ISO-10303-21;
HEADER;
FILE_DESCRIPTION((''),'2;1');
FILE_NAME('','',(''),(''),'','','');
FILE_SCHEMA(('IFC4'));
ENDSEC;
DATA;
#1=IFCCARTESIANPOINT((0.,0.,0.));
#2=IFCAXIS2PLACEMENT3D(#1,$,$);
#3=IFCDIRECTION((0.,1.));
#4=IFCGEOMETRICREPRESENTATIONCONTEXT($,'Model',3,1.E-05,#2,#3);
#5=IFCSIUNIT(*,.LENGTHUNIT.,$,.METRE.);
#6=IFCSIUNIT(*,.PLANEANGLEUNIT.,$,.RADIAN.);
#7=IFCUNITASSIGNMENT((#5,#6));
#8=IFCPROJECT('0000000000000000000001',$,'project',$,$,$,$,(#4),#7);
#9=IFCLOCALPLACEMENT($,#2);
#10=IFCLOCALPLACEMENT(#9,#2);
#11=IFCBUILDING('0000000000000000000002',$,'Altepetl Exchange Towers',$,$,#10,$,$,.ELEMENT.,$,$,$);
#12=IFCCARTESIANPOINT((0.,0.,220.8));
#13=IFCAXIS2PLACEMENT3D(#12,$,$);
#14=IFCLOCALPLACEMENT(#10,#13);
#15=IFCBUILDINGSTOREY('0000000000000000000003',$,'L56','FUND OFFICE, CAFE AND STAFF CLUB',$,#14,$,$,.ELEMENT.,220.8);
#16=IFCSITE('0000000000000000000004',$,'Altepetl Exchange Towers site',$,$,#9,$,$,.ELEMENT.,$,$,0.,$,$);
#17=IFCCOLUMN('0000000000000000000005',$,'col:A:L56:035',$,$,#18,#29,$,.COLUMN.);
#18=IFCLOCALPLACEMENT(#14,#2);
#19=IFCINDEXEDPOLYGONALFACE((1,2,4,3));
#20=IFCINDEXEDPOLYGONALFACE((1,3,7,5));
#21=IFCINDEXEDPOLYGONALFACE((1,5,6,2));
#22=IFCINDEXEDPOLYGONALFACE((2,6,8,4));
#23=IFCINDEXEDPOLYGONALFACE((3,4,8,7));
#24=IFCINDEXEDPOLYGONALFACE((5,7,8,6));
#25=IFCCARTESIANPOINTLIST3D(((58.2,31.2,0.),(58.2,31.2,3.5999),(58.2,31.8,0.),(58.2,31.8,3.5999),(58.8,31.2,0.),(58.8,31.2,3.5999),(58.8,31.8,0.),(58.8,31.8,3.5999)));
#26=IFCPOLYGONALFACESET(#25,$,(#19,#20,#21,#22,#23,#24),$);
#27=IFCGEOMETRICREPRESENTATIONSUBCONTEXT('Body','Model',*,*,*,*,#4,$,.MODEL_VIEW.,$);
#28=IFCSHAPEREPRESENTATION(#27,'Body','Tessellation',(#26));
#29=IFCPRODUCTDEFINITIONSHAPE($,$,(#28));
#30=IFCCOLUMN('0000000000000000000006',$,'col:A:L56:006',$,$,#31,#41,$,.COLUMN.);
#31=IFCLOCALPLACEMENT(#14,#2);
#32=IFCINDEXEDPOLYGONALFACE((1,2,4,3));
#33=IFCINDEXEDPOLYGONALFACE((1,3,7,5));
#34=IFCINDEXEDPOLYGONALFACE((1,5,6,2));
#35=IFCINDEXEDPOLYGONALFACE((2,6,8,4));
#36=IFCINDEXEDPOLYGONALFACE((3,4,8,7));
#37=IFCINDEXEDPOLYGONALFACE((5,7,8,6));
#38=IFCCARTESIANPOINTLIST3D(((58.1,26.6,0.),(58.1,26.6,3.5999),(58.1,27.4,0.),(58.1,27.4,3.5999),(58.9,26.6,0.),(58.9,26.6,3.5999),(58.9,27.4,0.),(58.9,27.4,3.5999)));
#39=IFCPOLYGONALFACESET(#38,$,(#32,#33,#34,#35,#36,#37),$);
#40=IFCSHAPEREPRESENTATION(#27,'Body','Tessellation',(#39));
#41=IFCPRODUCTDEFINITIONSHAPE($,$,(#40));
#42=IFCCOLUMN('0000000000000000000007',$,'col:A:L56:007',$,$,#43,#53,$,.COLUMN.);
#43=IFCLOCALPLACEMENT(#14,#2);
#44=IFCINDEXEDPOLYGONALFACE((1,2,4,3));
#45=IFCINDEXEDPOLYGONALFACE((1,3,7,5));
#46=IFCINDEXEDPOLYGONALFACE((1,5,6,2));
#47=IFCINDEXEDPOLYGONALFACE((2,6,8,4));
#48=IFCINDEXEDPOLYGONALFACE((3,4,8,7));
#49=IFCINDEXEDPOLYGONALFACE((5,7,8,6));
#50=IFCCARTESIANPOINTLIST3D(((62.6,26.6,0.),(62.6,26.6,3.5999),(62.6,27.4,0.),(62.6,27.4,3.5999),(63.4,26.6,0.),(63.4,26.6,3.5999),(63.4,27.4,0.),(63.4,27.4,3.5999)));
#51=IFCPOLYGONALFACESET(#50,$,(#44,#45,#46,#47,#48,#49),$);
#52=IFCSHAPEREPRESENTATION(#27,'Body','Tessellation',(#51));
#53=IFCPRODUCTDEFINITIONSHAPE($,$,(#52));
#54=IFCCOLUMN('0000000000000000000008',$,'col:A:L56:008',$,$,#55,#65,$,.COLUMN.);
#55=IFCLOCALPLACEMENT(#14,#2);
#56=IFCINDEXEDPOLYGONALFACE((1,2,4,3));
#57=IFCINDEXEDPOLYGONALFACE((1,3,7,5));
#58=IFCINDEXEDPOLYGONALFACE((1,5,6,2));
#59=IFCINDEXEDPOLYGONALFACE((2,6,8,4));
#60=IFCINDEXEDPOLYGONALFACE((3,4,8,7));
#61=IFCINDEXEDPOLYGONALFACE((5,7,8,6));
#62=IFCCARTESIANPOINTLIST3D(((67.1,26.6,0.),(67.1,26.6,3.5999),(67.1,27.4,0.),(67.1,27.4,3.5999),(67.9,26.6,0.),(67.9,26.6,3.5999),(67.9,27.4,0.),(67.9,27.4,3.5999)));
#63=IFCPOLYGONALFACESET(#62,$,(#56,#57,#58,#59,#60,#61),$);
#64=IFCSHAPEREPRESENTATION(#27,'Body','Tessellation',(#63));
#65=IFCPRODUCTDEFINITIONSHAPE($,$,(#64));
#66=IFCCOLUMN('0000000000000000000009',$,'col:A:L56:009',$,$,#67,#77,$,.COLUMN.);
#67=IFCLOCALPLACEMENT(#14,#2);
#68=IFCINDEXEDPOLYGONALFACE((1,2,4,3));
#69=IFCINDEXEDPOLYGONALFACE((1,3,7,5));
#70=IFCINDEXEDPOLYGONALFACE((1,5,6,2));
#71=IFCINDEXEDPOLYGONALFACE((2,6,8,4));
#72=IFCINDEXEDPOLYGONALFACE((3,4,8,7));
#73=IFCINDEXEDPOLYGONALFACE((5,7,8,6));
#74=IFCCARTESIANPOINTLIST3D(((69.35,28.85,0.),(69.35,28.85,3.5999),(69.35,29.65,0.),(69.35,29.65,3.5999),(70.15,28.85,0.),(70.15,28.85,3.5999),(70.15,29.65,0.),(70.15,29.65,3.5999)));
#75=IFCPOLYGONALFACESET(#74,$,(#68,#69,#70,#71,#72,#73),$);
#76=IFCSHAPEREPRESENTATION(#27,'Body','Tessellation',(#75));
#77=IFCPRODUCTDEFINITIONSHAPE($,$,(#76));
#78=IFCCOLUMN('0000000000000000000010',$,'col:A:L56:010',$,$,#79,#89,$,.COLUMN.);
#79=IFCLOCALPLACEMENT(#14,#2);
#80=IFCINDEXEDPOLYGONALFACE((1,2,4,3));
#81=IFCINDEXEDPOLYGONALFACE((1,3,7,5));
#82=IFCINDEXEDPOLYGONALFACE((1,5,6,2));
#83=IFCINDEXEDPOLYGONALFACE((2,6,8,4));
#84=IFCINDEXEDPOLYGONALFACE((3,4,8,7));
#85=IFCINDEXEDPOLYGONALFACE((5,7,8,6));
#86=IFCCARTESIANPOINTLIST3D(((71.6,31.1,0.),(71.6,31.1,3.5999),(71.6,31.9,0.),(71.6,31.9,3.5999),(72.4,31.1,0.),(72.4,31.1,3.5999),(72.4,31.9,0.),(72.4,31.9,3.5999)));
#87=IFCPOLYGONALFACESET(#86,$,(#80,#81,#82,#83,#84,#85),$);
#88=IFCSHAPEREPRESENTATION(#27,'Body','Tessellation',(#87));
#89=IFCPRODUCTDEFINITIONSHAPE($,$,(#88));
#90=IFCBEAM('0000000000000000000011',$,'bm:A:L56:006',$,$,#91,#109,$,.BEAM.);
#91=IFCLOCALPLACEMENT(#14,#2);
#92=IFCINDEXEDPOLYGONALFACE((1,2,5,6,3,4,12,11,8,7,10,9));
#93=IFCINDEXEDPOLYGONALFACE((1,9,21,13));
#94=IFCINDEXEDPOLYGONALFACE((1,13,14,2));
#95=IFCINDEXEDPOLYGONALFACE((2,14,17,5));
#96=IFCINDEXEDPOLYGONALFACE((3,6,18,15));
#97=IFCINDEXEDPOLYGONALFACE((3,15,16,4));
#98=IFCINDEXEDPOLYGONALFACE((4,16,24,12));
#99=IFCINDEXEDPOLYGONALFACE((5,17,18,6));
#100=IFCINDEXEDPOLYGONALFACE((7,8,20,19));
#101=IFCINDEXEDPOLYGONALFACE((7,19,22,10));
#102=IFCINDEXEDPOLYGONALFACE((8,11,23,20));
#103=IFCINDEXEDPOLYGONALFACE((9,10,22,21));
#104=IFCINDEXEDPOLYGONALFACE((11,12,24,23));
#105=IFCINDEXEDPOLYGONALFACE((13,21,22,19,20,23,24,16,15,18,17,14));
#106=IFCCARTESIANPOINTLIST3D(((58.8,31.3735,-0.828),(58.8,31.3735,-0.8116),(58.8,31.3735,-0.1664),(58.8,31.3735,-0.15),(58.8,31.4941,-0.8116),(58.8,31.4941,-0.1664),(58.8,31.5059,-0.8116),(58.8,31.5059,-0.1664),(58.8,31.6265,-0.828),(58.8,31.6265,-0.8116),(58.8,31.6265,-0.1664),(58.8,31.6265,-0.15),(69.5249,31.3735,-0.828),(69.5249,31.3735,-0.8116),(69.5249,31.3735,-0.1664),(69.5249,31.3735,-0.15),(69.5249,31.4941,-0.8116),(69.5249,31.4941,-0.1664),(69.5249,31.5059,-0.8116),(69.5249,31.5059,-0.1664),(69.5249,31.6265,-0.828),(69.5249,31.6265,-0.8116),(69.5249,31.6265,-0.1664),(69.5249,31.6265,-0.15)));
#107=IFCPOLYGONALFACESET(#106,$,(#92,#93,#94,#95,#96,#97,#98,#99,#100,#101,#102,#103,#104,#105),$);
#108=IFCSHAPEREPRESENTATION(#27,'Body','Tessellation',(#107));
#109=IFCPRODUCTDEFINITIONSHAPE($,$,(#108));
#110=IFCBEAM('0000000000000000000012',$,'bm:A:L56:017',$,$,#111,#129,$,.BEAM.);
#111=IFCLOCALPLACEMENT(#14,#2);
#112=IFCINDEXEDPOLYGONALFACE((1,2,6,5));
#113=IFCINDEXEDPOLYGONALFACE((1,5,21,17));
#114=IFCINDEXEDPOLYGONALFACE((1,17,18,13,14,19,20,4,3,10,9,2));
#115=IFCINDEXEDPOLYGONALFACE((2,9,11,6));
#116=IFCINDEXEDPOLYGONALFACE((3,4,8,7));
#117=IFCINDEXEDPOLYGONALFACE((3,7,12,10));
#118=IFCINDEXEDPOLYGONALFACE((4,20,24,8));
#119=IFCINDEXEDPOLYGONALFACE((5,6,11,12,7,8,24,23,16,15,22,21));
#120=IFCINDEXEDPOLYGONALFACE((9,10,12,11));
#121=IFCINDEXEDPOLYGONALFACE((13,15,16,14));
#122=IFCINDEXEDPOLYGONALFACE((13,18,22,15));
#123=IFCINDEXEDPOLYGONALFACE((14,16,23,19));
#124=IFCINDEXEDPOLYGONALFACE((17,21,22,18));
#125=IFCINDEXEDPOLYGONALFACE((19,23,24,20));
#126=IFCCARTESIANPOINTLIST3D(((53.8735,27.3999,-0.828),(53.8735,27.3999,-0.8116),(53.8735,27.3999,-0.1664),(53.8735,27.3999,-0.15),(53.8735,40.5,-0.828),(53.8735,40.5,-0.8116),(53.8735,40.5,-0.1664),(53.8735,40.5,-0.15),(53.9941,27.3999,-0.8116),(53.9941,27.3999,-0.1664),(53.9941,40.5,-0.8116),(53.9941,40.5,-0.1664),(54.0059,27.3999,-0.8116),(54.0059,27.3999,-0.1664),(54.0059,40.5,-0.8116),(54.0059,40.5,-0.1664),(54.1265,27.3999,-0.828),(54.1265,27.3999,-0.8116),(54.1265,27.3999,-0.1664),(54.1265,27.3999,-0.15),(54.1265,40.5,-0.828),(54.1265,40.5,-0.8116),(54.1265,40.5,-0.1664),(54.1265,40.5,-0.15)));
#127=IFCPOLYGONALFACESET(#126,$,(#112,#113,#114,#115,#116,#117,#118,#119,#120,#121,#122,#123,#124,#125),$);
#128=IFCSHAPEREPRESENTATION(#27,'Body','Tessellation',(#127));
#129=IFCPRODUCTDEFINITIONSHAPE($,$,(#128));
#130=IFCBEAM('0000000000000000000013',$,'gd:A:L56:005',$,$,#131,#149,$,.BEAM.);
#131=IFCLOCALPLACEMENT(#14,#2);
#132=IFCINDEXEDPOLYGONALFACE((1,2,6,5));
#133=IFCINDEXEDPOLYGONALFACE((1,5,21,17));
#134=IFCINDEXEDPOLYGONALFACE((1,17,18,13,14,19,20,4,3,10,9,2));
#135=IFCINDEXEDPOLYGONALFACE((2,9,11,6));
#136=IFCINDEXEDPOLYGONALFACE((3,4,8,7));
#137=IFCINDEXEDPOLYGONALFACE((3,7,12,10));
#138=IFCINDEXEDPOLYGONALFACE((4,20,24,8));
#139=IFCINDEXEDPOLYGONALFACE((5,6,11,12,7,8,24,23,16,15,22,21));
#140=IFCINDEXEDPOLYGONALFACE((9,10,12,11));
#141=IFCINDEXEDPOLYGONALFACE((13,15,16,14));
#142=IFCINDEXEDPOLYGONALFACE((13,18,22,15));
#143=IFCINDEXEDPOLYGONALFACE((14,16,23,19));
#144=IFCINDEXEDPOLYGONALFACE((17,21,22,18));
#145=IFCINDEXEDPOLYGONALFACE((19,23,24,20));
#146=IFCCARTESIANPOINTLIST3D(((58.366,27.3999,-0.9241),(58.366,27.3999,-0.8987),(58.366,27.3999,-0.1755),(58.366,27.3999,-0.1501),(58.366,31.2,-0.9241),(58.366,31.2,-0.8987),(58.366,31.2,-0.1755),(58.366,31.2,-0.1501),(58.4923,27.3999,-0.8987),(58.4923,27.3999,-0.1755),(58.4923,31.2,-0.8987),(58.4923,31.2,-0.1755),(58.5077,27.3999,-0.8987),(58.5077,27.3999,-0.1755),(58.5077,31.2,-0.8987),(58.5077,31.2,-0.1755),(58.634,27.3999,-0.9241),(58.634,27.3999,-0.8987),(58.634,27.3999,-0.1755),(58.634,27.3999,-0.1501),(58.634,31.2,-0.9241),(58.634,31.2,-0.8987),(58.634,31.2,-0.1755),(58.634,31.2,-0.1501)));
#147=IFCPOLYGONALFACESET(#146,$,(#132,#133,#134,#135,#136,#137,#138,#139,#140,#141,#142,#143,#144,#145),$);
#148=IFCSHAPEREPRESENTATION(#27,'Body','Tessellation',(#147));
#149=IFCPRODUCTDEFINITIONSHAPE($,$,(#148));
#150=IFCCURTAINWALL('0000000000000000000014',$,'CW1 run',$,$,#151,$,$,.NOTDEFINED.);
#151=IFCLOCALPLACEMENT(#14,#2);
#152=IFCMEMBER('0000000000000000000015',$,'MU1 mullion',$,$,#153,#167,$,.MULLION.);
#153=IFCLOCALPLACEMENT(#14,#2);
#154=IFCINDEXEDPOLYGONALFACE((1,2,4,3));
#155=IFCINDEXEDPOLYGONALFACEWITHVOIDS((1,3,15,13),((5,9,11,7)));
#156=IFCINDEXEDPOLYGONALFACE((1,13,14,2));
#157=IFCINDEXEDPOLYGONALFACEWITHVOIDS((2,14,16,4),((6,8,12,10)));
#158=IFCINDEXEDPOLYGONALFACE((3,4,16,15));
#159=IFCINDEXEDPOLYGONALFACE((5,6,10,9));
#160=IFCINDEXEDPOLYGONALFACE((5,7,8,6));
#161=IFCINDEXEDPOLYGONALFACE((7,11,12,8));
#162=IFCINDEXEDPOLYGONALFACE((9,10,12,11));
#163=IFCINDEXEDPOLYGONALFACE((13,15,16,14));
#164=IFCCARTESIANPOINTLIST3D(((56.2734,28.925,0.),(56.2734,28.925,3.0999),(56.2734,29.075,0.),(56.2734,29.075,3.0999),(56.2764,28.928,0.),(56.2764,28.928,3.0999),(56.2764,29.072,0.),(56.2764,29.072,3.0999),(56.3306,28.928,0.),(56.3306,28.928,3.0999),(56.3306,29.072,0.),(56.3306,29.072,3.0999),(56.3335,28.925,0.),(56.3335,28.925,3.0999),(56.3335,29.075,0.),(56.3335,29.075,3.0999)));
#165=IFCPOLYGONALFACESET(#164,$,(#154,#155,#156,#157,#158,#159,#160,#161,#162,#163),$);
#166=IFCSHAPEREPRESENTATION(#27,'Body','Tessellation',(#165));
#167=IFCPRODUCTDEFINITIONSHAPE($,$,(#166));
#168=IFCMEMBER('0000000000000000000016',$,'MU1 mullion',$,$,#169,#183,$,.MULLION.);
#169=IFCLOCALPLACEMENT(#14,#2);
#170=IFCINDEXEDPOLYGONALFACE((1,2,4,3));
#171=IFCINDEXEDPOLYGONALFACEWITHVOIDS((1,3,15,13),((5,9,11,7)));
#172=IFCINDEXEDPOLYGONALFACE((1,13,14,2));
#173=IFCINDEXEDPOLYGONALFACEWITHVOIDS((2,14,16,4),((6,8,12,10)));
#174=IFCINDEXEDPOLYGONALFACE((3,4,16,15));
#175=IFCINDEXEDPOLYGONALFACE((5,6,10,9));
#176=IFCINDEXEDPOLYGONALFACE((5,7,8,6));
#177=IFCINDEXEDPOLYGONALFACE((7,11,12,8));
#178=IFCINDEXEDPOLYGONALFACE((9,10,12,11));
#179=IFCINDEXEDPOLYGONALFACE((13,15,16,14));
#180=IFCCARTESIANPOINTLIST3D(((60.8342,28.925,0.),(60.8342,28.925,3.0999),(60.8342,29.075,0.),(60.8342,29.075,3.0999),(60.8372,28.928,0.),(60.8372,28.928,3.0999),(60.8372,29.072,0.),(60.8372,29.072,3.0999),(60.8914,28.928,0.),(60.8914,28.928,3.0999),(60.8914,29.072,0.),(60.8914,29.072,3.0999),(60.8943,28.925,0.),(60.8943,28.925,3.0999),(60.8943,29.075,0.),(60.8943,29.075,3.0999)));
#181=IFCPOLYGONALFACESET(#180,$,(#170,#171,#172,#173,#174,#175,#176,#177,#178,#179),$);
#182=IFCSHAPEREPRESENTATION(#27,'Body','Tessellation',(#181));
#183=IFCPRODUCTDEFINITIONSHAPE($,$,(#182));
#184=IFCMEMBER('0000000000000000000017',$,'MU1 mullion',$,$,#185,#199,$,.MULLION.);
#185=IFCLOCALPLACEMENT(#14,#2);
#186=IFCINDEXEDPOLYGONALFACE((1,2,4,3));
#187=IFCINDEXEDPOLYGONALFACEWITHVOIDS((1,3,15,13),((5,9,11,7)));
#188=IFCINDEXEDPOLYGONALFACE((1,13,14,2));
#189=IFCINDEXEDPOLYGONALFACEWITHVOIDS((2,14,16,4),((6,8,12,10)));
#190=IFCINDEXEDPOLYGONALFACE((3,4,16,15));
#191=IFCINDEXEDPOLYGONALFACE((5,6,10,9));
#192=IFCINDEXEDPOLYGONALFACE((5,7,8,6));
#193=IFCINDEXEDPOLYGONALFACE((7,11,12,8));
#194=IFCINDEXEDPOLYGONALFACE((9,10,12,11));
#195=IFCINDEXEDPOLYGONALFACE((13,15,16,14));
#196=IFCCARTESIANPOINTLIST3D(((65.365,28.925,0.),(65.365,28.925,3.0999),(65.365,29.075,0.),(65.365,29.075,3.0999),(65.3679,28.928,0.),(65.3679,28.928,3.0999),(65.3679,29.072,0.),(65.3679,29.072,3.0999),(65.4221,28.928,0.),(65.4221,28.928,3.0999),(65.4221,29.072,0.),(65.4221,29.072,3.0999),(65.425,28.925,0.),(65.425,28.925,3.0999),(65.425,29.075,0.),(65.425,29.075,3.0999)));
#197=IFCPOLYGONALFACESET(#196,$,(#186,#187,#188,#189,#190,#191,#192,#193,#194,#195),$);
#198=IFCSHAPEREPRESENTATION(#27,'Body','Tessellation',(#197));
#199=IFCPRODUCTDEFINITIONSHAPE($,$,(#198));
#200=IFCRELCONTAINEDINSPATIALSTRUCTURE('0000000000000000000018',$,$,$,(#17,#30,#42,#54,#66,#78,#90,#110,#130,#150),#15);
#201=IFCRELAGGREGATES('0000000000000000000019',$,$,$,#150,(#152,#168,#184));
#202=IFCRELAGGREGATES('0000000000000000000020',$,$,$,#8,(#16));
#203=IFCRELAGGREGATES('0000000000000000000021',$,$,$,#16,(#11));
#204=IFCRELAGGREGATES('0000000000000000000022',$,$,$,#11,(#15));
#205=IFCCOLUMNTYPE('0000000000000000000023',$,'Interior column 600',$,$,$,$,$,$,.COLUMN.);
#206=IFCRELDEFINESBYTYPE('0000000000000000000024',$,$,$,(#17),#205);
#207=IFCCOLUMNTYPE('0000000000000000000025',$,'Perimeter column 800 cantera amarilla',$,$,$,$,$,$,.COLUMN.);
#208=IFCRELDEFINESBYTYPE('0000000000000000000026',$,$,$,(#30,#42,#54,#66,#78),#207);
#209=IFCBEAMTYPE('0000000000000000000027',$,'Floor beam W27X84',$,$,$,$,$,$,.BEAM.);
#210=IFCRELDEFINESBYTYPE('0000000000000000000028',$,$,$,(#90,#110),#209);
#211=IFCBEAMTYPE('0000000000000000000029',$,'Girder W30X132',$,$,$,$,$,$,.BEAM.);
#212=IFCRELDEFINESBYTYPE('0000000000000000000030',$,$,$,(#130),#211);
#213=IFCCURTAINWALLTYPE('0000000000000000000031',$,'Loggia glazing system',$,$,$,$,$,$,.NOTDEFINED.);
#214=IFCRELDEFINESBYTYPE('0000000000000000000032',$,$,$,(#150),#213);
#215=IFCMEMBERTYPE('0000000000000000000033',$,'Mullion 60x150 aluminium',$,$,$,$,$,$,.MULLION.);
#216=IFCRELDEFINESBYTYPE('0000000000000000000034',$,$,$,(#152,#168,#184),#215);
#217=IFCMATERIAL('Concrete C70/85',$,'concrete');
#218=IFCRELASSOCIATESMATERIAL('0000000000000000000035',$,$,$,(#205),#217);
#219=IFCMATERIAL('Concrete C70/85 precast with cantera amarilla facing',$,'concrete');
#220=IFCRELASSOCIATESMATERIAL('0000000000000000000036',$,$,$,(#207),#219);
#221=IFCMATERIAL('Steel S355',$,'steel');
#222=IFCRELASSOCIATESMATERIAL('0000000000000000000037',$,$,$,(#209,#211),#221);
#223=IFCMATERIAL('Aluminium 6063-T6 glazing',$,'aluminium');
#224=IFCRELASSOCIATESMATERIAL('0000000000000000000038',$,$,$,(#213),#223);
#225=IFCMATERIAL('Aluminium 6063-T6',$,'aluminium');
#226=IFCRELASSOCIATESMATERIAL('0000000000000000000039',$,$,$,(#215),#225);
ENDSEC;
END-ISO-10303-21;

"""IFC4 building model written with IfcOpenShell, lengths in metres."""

from ifc_helpers import new_model, si_unit, direction, frame, origin, origin_2d, place, context, subcontext, project, spatial, rectangle, hollow_rectangle, i_section, extrude, material, material_profile, profile_set, type_object, element, aggregate, save


model = new_model("IFC4")

# Units and contexts
model_context = context("Model", 3, precision=1e-05, world=origin(), true_north=direction((0.0, 1.0)))
body_context = subcontext(model_context, "Body", "Model", "MODEL_VIEW")
ifc_project = project(units=[si_unit("LENGTHUNIT", "METRE"), si_unit("PLANEANGLEUNIT", "RADIAN")], contexts=[model_context])

# Site, building, storey
site_placement = place(None, origin())
site = spatial("IfcSite", under=ifc_project, at=site_placement, Name="Altepetl Exchange Towers site", CompositionType="ELEMENT", RefElevation=0.0)
building_placement = place(site_placement, origin())
building = spatial("IfcBuilding", under=site, at=building_placement, Name="Altepetl Exchange Towers", CompositionType="ELEMENT")
storey_placement = place(building_placement, frame((0.0, 0.0, 220.8)))
storey = spatial("IfcBuildingStorey", under=building, at=storey_placement, Name="L56", Description="FUND OFFICE, CAFE AND STAFF CLUB", CompositionType="ELEMENT", Elevation=220.8)

# Columns
ifc_material_1 = material(Name="Concrete C70/85", Category="concrete")
ifc_material_profile_1 = material_profile(ifc_material_1, rectangle(XDim=0.6001, YDim=0.6001, at=origin_2d()), Name="600 x 600")
ifc_profile_set_1 = profile_set([ifc_material_profile_1], Name="Concrete C70/85")
column_type_1 = type_object("IfcColumnType", Name="Interior column 600", PredefinedType="COLUMN", material=ifc_profile_set_1)
column_placement = place(storey_placement, frame((58.5, 31.5, 0.0)))
element("IfcColumn", 1, at=column_placement, inside=storey, type_object=column_type_1, Name="col:A:L56:035", PredefinedType="COLUMN", context=body_context, shape_type="SweptSolid", body=[
    extrude(rectangle(XDim=0.6001, YDim=0.6001, at=origin_2d()), origin(), (0.0, 0.0, 1.0), 3.5999),
])
ifc_material_2 = material(Name="Concrete C70/85 precast with cantera amarilla facing", Category="concrete")
ifc_material_profile_2 = material_profile(ifc_material_2, rectangle(XDim=0.8, YDim=0.8, at=origin_2d()), Name="800 x 800")
ifc_profile_set_2 = profile_set([ifc_material_profile_2], Name="Concrete C70/85 precast with cantera amarilla facing")
column_type_2 = type_object("IfcColumnType", Name="Perimeter column 800 cantera amarilla", PredefinedType="COLUMN", material=ifc_profile_set_2)
for number, where, name in (
    (2, (58.5, 27.0, 0.0), "col:A:L56:006"),
    (3, (63.0, 27.0, 0.0), "col:A:L56:007"),
    (4, (67.5, 27.0, 0.0), "col:A:L56:008"),
    (5, (69.75, 29.25, 0.0), "col:A:L56:009"),
    (6, (72.0, 31.5, 0.0), "col:A:L56:010"),
):
    element("IfcColumn", number, at=place(storey_placement, frame(where)), inside=storey, type_object=column_type_2, Name=name, PredefinedType="COLUMN", context=body_context, shape_type="SweptSolid", body=[
        extrude(rectangle(XDim=0.8, YDim=0.8, at=origin_2d()), origin(), (0.0, 0.0, 1.0), 3.5999),
    ])

# Beams
ifc_material_3 = material(Name="Steel S355", Category="steel")
ifc_material_profile_3 = material_profile(ifc_material_3, i_section(OverallWidth=0.2529, OverallDepth=0.678, WebThickness=0.0117, FlangeThickness=0.0164, at=origin_2d()), Name="W27X84")
ifc_profile_set_3 = profile_set([ifc_material_profile_3], Name="Steel S355")
beam_type_1 = type_object("IfcBeamType", Name="Floor beam W27X84", PredefinedType="BEAM", material=ifc_profile_set_3)
beam_1_placement = place(storey_placement, frame((58.8, 31.5, -0.489), z_axis=(1.0, 0.0, 0.0), x_axis=(0.0, 1.0, 0.0)))
element("IfcBeam", 7, at=beam_1_placement, inside=storey, type_object=beam_type_1, Name="bm:A:L56:006", PredefinedType="BEAM", context=body_context, shape_type="SweptSolid", body=[
    extrude(i_section(OverallWidth=0.2529, OverallDepth=0.678, WebThickness=0.0117, FlangeThickness=0.0164, at=origin_2d()), origin(), (0.0, 0.0, 1.0), 10.7249),
])
beam_2_placement = place(storey_placement, frame((54.0, 27.3999, -0.489), z_axis=(0.0, 1.0, 0.0), x_axis=(-1.0, 0.0, 0.0)))
element("IfcBeam", 8, at=beam_2_placement, inside=storey, type_object=beam_type_1, Name="bm:A:L56:017", PredefinedType="BEAM", context=body_context, shape_type="SweptSolid", body=[
    extrude(i_section(OverallWidth=0.2529, OverallDepth=0.678, WebThickness=0.0117, FlangeThickness=0.0164, at=origin_2d()), origin(), (0.0, 0.0, 1.0), 13.1001),
])
ifc_material_profile_4 = material_profile(ifc_material_3, i_section(OverallWidth=0.2681, OverallDepth=0.7739, WebThickness=0.0154, FlangeThickness=0.0254, at=origin_2d()), Name="W30X132")
ifc_profile_set_4 = profile_set([ifc_material_profile_4], Name="Steel S355")
beam_type_2 = type_object("IfcBeamType", Name="Girder W30X132", PredefinedType="BEAM", material=ifc_profile_set_4)
beam_3_placement = place(storey_placement, frame((58.5, 31.2, -0.5371), z_axis=(0.0, -1.0, 0.0), x_axis=(1.0, 0.0, 0.0)))
element("IfcBeam", 9, at=beam_3_placement, inside=storey, type_object=beam_type_2, Name="gd:A:L56:005", PredefinedType="BEAM", context=body_context, shape_type="SweptSolid", body=[
    extrude(i_section(OverallWidth=0.2681, OverallDepth=0.7739, WebThickness=0.0154, FlangeThickness=0.0254, at=origin_2d()), origin(), (0.0, 0.0, 1.0), 3.8),
])

# Curtain wall, members
ifc_material_4 = material(Name="Aluminium 6063-T6 glazing", Category="aluminium")
curtain_wall_type = type_object("IfcCurtainWallType", Name="Loggia glazing system", PredefinedType="NOTDEFINED", material=ifc_material_4)
curtain_wall_1_placement = place(storey_placement, origin())
curtain_wall_1 = element("IfcCurtainWall", 10, at=curtain_wall_1_placement, inside=storey, type_object=curtain_wall_type, Name="CW1 run", PredefinedType="NOTDEFINED")
ifc_material_5 = material(Name="Aluminium 6063-T6", Category="aluminium")
ifc_material_profile_5 = material_profile(ifc_material_5, hollow_rectangle(XDim=0.0601, YDim=0.1499, WallThickness=0.0029, at=origin_2d()), Name="Mullion 60x150 aluminium")
ifc_profile_set_5 = profile_set([ifc_material_profile_5], Name="Aluminium 6063-T6")
member_type = type_object("IfcMemberType", Name="Mullion 60x150 aluminium", PredefinedType="MULLION", material=ifc_profile_set_5)
member_1_placement = place(storey_placement, frame((56.3035, 29.0, 0.0)))
member_1 = element("IfcMember", 11, at=member_1_placement, type_object=member_type, Name="MU1 mullion", PredefinedType="MULLION", context=body_context, shape_type="SweptSolid", body=[
    extrude(hollow_rectangle(XDim=0.0601, YDim=0.1499, WallThickness=0.0029, at=origin_2d()), origin(), (0.0, 0.0, 1.0), 3.0999),
])
member_2_placement = place(storey_placement, frame((60.8643, 29.0, 0.0)))
member_2 = element("IfcMember", 12, at=member_2_placement, type_object=member_type, Name="MU1 mullion", PredefinedType="MULLION", context=body_context, shape_type="SweptSolid", body=[
    extrude(hollow_rectangle(XDim=0.0601, YDim=0.1499, WallThickness=0.0029, at=origin_2d()), origin(), (0.0, 0.0, 1.0), 3.0999),
])
member_3_placement = place(storey_placement, frame((65.395, 29.0, 0.0)))
member_3 = element("IfcMember", 13, at=member_3_placement, type_object=member_type, Name="MU1 mullion", PredefinedType="MULLION", context=body_context, shape_type="SweptSolid", body=[
    extrude(hollow_rectangle(XDim=0.0601, YDim=0.1499, WallThickness=0.0029, at=origin_2d()), origin(), (0.0, 0.0, 1.0), 3.0999),
])

aggregate(curtain_wall_1, [member_1, member_2, member_3])

save(model, "model.ifc")
